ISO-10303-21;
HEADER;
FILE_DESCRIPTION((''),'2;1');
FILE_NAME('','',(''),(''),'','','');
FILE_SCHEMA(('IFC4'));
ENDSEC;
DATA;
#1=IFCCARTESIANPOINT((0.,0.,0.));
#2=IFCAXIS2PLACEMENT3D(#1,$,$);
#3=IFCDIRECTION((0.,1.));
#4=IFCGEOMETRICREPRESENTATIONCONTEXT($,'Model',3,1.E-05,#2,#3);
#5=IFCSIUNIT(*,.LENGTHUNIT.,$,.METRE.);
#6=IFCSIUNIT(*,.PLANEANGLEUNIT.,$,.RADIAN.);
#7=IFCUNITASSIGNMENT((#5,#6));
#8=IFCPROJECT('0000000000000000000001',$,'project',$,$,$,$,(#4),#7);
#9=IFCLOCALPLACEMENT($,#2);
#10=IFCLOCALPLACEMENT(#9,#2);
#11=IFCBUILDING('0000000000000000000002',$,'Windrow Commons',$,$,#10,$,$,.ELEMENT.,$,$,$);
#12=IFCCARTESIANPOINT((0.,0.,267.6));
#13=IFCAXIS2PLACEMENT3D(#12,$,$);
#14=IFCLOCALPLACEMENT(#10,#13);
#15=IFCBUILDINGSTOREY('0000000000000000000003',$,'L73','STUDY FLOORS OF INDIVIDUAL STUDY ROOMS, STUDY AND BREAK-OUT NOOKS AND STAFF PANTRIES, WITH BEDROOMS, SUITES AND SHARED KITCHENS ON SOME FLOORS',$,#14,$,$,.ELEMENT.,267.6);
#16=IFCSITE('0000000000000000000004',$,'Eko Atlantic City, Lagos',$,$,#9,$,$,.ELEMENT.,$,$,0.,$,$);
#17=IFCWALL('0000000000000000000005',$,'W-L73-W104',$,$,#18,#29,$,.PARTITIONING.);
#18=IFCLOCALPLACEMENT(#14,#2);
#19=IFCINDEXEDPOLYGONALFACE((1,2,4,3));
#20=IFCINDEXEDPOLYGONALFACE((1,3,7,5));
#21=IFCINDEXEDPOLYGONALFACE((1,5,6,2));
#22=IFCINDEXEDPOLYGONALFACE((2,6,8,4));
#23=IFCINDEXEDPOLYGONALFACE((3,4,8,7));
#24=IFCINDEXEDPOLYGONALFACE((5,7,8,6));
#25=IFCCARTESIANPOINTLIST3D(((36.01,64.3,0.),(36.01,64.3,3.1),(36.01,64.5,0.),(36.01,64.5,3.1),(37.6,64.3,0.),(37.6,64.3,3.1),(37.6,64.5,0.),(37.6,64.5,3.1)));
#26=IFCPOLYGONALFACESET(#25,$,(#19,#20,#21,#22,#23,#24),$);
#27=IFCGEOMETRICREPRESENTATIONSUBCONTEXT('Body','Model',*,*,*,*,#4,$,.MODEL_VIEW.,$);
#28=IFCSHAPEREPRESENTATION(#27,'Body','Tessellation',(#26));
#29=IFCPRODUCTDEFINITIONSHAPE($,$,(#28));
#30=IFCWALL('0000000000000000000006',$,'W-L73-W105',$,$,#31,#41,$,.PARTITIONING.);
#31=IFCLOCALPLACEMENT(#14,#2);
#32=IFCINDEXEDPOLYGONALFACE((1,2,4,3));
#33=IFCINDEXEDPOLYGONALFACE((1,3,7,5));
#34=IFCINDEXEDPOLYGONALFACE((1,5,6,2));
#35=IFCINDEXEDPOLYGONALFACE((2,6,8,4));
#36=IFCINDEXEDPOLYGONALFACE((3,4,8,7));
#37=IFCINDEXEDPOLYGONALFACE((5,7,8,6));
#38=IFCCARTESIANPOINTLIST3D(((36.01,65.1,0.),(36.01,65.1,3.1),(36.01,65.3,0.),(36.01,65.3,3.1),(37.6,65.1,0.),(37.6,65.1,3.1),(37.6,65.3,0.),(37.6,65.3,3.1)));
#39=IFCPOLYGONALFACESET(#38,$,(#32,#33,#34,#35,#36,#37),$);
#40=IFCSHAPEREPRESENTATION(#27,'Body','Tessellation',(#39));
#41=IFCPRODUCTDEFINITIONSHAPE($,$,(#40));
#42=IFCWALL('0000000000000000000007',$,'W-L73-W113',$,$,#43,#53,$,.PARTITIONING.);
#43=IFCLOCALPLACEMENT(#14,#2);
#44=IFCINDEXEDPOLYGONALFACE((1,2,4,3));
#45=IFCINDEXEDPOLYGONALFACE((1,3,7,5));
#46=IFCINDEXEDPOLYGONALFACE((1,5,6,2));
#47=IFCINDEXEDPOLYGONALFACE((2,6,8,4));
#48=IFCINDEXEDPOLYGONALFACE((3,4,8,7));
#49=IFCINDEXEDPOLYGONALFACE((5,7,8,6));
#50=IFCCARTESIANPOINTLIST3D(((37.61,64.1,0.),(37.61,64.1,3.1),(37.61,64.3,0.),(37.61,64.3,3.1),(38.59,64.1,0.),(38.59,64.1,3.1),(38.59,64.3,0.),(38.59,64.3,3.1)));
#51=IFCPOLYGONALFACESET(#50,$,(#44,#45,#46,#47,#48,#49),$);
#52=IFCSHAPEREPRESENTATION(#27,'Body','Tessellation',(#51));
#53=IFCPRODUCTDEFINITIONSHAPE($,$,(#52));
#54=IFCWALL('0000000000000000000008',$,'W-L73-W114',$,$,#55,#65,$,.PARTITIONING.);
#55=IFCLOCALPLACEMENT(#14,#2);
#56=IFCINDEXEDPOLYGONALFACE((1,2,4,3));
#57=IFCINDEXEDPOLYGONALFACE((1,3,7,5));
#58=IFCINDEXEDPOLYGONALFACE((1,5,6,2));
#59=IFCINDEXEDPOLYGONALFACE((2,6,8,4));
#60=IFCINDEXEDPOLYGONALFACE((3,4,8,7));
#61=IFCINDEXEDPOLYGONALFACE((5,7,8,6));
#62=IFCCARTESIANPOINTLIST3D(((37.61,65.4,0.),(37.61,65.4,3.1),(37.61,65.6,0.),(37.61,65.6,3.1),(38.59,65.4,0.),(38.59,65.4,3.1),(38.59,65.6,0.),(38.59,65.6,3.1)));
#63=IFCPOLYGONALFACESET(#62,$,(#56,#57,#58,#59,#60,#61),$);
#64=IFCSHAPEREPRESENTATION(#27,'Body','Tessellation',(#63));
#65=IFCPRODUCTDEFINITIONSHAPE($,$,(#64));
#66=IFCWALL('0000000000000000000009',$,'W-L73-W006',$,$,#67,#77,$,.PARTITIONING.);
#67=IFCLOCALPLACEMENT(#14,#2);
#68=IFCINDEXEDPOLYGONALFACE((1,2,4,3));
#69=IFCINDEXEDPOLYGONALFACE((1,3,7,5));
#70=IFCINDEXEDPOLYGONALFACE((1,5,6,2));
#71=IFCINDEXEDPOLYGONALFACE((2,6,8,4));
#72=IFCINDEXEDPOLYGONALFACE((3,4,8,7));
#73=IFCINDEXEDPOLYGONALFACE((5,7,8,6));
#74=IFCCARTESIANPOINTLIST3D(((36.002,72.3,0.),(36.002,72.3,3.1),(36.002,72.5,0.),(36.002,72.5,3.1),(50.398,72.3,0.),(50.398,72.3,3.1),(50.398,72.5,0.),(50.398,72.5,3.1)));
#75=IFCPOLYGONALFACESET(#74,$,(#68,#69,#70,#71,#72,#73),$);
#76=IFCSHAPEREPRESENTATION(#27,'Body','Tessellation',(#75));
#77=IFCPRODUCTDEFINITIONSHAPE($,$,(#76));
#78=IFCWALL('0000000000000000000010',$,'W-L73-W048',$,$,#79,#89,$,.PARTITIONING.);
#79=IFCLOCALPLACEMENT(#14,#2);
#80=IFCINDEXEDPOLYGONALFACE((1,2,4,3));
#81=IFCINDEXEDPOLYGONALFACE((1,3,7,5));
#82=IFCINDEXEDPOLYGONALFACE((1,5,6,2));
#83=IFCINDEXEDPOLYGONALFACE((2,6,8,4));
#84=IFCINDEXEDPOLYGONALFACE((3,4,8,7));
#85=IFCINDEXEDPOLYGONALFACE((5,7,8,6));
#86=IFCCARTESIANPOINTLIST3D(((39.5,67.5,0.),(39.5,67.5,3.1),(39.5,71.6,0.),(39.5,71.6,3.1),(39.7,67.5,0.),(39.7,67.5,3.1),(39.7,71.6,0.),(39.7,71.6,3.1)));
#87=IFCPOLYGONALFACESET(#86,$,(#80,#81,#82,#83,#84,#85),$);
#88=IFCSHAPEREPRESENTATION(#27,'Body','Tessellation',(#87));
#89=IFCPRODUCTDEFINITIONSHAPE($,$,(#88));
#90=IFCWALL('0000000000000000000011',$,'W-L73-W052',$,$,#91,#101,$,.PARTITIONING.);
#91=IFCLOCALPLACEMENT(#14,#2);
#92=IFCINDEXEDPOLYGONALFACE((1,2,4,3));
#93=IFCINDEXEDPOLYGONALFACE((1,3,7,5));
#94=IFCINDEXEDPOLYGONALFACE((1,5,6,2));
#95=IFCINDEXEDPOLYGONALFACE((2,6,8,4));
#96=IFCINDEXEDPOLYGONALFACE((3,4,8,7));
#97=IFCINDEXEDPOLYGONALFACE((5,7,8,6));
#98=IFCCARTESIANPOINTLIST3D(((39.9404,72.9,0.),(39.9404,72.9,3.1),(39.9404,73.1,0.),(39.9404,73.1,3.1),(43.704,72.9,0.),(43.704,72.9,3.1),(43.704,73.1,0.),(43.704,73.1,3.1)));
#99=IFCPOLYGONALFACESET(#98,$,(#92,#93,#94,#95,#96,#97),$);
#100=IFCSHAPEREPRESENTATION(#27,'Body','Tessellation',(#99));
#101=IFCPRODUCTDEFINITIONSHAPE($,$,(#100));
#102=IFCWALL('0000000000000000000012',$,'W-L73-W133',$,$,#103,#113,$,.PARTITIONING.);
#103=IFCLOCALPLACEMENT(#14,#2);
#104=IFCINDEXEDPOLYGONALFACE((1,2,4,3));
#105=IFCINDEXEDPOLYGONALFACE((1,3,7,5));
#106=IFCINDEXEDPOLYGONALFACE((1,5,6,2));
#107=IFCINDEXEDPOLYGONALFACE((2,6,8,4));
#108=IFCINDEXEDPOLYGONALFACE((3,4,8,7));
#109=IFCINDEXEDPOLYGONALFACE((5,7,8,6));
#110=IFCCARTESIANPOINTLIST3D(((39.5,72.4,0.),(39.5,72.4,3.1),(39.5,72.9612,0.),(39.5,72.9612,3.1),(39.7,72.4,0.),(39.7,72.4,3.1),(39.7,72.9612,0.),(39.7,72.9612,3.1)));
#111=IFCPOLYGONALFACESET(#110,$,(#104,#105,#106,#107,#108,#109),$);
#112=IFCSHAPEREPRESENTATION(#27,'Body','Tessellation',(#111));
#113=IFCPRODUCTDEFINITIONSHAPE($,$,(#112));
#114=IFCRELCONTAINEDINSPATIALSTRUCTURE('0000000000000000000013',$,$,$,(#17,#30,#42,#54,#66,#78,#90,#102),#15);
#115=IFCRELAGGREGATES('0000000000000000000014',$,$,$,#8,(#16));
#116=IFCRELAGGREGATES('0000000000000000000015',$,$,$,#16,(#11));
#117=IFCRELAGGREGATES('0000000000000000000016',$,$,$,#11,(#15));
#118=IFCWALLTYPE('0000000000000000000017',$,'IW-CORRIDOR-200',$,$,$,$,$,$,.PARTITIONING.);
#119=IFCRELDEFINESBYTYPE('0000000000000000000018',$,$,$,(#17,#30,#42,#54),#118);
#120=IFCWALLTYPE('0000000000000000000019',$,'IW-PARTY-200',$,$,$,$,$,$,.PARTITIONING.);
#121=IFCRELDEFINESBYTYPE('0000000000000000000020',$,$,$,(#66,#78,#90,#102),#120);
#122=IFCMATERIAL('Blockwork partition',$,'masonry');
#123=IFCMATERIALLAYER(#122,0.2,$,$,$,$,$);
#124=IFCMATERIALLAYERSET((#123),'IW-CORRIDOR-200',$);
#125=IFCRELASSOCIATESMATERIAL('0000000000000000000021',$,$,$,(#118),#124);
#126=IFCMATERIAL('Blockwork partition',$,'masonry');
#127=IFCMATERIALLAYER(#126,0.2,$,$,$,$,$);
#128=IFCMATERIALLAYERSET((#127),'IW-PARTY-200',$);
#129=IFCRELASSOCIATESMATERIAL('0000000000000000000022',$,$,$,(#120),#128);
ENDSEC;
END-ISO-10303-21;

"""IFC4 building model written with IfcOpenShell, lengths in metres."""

from ifc_helpers import new_model, si_unit, direction, frame, frame_2d, origin, place, context, subcontext, project, spatial, rectangle, extrude, material, layer, layer_set, type_object, element, save


model = new_model("IFC4")

# Units and contexts
model_context = context("Model", 3, precision=1e-05, world=origin(), true_north=direction((0.0, 1.0)))
body_context = subcontext(model_context, "Body", "Model", "MODEL_VIEW")
ifc_project = project(units=[si_unit("LENGTHUNIT", "METRE"), si_unit("PLANEANGLEUNIT", "RADIAN")], contexts=[model_context])

# Site, building, storey
site_placement = place(None, origin())
site = spatial("IfcSite", under=ifc_project, at=site_placement, Name="Eko Atlantic City, Lagos", CompositionType="ELEMENT", RefElevation=0.0)
building_placement = place(site_placement, origin())
building = spatial("IfcBuilding", under=site, at=building_placement, Name="Windrow Commons", CompositionType="ELEMENT")
storey_placement = place(building_placement, frame((0.0, 0.0, 267.6)))
storey = spatial("IfcBuildingStorey", under=building, at=storey_placement, Name="L73", Description="STUDY FLOORS OF INDIVIDUAL STUDY ROOMS, STUDY AND BREAK-OUT NOOKS AND STAFF PANTRIES, WITH BEDROOMS, SUITES AND SHARED KITCHENS ON SOME FLOORS", CompositionType="ELEMENT", Elevation=267.6)

# Walls
ifc_material_1 = material(Name="Blockwork partition", Category="masonry")
ifc_layer_1 = layer(ifc_material_1, 0.2)
ifc_layer_set_1 = layer_set([ifc_layer_1], Name="IW-CORRIDOR-200")
wall_type_1 = type_object("IfcWallType", Name="IW-CORRIDOR-200", PredefinedType="PARTITIONING", material=ifc_layer_set_1)
for number, where, z_axis, x_axis, name in (
    (1, (36.01, 64.4, 0.0), (0.0, 0.0, 1.0), (1.0, 0.0, 0.0), "W-L73-W104"),
    (2, (36.01, 65.2, 0.0), (0.0, 0.0, 1.0), (1.0, 0.0, 0.0), "W-L73-W105"),
):
    element("IfcWall", number, at=place(storey_placement, frame(where, z_axis=z_axis, x_axis=x_axis)), inside=storey, type_object=wall_type_1, Name=name, PredefinedType="PARTITIONING", context=body_context, shape_type="SweptSolid", body=[
        extrude(rectangle(XDim=1.59, YDim=0.2, at=frame_2d((0.795, 0.0))), origin(), (0.0, 0.0, 1.0), 3.1),
    ])
for number, where, z_axis, x_axis, name in (
    (3, (37.61, 64.2, 0.0), (0.0, 0.0, 1.0), (1.0, 0.0, 0.0), "W-L73-W113"),
    (4, (37.61, 65.5, 0.0), (0.0, 0.0, 1.0), (1.0, 0.0, 0.0), "W-L73-W114"),
):
    element("IfcWall", number, at=place(storey_placement, frame(where, z_axis=z_axis, x_axis=x_axis)), inside=storey, type_object=wall_type_1, Name=name, PredefinedType="PARTITIONING", context=body_context, shape_type="SweptSolid", body=[
        extrude(rectangle(XDim=0.98, YDim=0.2, at=frame_2d((0.49, 0.0))), origin(), (0.0, 0.0, 1.0), 3.1),
    ])
ifc_material_2 = material(Name="Blockwork partition", Category="masonry")
ifc_layer_2 = layer(ifc_material_2, 0.2)
ifc_layer_set_2 = layer_set([ifc_layer_2], Name="IW-PARTY-200")
wall_type_2 = type_object("IfcWallType", Name="IW-PARTY-200", PredefinedType="PARTITIONING", material=ifc_layer_set_2)
wall_1_placement = place(storey_placement, frame((36.002, 72.4, 0.0), z_axis=(0.0, 0.0, 1.0), x_axis=(1.0, 0.0, 0.0)))
element("IfcWall", 5, at=wall_1_placement, inside=storey, type_object=wall_type_2, Name="W-L73-W006", PredefinedType="PARTITIONING", context=body_context, shape_type="SweptSolid", body=[
    extrude(rectangle(XDim=14.396, YDim=0.2, at=frame_2d((7.198, 0.0))), origin(), (0.0, 0.0, 1.0), 3.1),
])
wall_2_placement = place(storey_placement, frame((39.6, 67.5, 0.0), z_axis=(0.0, 0.0, 1.0), x_axis=(0.0, 1.0, 0.0)))
element("IfcWall", 6, at=wall_2_placement, inside=storey, type_object=wall_type_2, Name="W-L73-W048", PredefinedType="PARTITIONING", context=body_context, shape_type="SweptSolid", body=[
    extrude(rectangle(XDim=4.1, YDim=0.2, at=frame_2d((2.05, 0.0))), origin(), (0.0, 0.0, 1.0), 3.1),
])
wall_3_placement = place(storey_placement, frame((39.9404, 73.0, 0.0), z_axis=(0.0, 0.0, 1.0), x_axis=(1.0, 0.0, 0.0)))
element("IfcWall", 7, at=wall_3_placement, inside=storey, type_object=wall_type_2, Name="W-L73-W052", PredefinedType="PARTITIONING", context=body_context, shape_type="SweptSolid", body=[
    extrude(rectangle(XDim=3.7636, YDim=0.2, at=frame_2d((1.8818, 0.0))), origin(), (0.0, 0.0, 1.0), 3.1),
])
wall_4_placement = place(storey_placement, frame((39.6, 72.4, 0.0), z_axis=(0.0, 0.0, 1.0), x_axis=(0.0, 1.0, 0.0)))
element("IfcWall", 8, at=wall_4_placement, inside=storey, type_object=wall_type_2, Name="W-L73-W133", PredefinedType="PARTITIONING", context=body_context, shape_type="SweptSolid", body=[
    extrude(rectangle(XDim=0.5612, YDim=0.2, at=frame_2d((0.2806, 0.0))), origin(), (0.0, 0.0, 1.0), 3.1),
])

save(model, "model.ifc")
